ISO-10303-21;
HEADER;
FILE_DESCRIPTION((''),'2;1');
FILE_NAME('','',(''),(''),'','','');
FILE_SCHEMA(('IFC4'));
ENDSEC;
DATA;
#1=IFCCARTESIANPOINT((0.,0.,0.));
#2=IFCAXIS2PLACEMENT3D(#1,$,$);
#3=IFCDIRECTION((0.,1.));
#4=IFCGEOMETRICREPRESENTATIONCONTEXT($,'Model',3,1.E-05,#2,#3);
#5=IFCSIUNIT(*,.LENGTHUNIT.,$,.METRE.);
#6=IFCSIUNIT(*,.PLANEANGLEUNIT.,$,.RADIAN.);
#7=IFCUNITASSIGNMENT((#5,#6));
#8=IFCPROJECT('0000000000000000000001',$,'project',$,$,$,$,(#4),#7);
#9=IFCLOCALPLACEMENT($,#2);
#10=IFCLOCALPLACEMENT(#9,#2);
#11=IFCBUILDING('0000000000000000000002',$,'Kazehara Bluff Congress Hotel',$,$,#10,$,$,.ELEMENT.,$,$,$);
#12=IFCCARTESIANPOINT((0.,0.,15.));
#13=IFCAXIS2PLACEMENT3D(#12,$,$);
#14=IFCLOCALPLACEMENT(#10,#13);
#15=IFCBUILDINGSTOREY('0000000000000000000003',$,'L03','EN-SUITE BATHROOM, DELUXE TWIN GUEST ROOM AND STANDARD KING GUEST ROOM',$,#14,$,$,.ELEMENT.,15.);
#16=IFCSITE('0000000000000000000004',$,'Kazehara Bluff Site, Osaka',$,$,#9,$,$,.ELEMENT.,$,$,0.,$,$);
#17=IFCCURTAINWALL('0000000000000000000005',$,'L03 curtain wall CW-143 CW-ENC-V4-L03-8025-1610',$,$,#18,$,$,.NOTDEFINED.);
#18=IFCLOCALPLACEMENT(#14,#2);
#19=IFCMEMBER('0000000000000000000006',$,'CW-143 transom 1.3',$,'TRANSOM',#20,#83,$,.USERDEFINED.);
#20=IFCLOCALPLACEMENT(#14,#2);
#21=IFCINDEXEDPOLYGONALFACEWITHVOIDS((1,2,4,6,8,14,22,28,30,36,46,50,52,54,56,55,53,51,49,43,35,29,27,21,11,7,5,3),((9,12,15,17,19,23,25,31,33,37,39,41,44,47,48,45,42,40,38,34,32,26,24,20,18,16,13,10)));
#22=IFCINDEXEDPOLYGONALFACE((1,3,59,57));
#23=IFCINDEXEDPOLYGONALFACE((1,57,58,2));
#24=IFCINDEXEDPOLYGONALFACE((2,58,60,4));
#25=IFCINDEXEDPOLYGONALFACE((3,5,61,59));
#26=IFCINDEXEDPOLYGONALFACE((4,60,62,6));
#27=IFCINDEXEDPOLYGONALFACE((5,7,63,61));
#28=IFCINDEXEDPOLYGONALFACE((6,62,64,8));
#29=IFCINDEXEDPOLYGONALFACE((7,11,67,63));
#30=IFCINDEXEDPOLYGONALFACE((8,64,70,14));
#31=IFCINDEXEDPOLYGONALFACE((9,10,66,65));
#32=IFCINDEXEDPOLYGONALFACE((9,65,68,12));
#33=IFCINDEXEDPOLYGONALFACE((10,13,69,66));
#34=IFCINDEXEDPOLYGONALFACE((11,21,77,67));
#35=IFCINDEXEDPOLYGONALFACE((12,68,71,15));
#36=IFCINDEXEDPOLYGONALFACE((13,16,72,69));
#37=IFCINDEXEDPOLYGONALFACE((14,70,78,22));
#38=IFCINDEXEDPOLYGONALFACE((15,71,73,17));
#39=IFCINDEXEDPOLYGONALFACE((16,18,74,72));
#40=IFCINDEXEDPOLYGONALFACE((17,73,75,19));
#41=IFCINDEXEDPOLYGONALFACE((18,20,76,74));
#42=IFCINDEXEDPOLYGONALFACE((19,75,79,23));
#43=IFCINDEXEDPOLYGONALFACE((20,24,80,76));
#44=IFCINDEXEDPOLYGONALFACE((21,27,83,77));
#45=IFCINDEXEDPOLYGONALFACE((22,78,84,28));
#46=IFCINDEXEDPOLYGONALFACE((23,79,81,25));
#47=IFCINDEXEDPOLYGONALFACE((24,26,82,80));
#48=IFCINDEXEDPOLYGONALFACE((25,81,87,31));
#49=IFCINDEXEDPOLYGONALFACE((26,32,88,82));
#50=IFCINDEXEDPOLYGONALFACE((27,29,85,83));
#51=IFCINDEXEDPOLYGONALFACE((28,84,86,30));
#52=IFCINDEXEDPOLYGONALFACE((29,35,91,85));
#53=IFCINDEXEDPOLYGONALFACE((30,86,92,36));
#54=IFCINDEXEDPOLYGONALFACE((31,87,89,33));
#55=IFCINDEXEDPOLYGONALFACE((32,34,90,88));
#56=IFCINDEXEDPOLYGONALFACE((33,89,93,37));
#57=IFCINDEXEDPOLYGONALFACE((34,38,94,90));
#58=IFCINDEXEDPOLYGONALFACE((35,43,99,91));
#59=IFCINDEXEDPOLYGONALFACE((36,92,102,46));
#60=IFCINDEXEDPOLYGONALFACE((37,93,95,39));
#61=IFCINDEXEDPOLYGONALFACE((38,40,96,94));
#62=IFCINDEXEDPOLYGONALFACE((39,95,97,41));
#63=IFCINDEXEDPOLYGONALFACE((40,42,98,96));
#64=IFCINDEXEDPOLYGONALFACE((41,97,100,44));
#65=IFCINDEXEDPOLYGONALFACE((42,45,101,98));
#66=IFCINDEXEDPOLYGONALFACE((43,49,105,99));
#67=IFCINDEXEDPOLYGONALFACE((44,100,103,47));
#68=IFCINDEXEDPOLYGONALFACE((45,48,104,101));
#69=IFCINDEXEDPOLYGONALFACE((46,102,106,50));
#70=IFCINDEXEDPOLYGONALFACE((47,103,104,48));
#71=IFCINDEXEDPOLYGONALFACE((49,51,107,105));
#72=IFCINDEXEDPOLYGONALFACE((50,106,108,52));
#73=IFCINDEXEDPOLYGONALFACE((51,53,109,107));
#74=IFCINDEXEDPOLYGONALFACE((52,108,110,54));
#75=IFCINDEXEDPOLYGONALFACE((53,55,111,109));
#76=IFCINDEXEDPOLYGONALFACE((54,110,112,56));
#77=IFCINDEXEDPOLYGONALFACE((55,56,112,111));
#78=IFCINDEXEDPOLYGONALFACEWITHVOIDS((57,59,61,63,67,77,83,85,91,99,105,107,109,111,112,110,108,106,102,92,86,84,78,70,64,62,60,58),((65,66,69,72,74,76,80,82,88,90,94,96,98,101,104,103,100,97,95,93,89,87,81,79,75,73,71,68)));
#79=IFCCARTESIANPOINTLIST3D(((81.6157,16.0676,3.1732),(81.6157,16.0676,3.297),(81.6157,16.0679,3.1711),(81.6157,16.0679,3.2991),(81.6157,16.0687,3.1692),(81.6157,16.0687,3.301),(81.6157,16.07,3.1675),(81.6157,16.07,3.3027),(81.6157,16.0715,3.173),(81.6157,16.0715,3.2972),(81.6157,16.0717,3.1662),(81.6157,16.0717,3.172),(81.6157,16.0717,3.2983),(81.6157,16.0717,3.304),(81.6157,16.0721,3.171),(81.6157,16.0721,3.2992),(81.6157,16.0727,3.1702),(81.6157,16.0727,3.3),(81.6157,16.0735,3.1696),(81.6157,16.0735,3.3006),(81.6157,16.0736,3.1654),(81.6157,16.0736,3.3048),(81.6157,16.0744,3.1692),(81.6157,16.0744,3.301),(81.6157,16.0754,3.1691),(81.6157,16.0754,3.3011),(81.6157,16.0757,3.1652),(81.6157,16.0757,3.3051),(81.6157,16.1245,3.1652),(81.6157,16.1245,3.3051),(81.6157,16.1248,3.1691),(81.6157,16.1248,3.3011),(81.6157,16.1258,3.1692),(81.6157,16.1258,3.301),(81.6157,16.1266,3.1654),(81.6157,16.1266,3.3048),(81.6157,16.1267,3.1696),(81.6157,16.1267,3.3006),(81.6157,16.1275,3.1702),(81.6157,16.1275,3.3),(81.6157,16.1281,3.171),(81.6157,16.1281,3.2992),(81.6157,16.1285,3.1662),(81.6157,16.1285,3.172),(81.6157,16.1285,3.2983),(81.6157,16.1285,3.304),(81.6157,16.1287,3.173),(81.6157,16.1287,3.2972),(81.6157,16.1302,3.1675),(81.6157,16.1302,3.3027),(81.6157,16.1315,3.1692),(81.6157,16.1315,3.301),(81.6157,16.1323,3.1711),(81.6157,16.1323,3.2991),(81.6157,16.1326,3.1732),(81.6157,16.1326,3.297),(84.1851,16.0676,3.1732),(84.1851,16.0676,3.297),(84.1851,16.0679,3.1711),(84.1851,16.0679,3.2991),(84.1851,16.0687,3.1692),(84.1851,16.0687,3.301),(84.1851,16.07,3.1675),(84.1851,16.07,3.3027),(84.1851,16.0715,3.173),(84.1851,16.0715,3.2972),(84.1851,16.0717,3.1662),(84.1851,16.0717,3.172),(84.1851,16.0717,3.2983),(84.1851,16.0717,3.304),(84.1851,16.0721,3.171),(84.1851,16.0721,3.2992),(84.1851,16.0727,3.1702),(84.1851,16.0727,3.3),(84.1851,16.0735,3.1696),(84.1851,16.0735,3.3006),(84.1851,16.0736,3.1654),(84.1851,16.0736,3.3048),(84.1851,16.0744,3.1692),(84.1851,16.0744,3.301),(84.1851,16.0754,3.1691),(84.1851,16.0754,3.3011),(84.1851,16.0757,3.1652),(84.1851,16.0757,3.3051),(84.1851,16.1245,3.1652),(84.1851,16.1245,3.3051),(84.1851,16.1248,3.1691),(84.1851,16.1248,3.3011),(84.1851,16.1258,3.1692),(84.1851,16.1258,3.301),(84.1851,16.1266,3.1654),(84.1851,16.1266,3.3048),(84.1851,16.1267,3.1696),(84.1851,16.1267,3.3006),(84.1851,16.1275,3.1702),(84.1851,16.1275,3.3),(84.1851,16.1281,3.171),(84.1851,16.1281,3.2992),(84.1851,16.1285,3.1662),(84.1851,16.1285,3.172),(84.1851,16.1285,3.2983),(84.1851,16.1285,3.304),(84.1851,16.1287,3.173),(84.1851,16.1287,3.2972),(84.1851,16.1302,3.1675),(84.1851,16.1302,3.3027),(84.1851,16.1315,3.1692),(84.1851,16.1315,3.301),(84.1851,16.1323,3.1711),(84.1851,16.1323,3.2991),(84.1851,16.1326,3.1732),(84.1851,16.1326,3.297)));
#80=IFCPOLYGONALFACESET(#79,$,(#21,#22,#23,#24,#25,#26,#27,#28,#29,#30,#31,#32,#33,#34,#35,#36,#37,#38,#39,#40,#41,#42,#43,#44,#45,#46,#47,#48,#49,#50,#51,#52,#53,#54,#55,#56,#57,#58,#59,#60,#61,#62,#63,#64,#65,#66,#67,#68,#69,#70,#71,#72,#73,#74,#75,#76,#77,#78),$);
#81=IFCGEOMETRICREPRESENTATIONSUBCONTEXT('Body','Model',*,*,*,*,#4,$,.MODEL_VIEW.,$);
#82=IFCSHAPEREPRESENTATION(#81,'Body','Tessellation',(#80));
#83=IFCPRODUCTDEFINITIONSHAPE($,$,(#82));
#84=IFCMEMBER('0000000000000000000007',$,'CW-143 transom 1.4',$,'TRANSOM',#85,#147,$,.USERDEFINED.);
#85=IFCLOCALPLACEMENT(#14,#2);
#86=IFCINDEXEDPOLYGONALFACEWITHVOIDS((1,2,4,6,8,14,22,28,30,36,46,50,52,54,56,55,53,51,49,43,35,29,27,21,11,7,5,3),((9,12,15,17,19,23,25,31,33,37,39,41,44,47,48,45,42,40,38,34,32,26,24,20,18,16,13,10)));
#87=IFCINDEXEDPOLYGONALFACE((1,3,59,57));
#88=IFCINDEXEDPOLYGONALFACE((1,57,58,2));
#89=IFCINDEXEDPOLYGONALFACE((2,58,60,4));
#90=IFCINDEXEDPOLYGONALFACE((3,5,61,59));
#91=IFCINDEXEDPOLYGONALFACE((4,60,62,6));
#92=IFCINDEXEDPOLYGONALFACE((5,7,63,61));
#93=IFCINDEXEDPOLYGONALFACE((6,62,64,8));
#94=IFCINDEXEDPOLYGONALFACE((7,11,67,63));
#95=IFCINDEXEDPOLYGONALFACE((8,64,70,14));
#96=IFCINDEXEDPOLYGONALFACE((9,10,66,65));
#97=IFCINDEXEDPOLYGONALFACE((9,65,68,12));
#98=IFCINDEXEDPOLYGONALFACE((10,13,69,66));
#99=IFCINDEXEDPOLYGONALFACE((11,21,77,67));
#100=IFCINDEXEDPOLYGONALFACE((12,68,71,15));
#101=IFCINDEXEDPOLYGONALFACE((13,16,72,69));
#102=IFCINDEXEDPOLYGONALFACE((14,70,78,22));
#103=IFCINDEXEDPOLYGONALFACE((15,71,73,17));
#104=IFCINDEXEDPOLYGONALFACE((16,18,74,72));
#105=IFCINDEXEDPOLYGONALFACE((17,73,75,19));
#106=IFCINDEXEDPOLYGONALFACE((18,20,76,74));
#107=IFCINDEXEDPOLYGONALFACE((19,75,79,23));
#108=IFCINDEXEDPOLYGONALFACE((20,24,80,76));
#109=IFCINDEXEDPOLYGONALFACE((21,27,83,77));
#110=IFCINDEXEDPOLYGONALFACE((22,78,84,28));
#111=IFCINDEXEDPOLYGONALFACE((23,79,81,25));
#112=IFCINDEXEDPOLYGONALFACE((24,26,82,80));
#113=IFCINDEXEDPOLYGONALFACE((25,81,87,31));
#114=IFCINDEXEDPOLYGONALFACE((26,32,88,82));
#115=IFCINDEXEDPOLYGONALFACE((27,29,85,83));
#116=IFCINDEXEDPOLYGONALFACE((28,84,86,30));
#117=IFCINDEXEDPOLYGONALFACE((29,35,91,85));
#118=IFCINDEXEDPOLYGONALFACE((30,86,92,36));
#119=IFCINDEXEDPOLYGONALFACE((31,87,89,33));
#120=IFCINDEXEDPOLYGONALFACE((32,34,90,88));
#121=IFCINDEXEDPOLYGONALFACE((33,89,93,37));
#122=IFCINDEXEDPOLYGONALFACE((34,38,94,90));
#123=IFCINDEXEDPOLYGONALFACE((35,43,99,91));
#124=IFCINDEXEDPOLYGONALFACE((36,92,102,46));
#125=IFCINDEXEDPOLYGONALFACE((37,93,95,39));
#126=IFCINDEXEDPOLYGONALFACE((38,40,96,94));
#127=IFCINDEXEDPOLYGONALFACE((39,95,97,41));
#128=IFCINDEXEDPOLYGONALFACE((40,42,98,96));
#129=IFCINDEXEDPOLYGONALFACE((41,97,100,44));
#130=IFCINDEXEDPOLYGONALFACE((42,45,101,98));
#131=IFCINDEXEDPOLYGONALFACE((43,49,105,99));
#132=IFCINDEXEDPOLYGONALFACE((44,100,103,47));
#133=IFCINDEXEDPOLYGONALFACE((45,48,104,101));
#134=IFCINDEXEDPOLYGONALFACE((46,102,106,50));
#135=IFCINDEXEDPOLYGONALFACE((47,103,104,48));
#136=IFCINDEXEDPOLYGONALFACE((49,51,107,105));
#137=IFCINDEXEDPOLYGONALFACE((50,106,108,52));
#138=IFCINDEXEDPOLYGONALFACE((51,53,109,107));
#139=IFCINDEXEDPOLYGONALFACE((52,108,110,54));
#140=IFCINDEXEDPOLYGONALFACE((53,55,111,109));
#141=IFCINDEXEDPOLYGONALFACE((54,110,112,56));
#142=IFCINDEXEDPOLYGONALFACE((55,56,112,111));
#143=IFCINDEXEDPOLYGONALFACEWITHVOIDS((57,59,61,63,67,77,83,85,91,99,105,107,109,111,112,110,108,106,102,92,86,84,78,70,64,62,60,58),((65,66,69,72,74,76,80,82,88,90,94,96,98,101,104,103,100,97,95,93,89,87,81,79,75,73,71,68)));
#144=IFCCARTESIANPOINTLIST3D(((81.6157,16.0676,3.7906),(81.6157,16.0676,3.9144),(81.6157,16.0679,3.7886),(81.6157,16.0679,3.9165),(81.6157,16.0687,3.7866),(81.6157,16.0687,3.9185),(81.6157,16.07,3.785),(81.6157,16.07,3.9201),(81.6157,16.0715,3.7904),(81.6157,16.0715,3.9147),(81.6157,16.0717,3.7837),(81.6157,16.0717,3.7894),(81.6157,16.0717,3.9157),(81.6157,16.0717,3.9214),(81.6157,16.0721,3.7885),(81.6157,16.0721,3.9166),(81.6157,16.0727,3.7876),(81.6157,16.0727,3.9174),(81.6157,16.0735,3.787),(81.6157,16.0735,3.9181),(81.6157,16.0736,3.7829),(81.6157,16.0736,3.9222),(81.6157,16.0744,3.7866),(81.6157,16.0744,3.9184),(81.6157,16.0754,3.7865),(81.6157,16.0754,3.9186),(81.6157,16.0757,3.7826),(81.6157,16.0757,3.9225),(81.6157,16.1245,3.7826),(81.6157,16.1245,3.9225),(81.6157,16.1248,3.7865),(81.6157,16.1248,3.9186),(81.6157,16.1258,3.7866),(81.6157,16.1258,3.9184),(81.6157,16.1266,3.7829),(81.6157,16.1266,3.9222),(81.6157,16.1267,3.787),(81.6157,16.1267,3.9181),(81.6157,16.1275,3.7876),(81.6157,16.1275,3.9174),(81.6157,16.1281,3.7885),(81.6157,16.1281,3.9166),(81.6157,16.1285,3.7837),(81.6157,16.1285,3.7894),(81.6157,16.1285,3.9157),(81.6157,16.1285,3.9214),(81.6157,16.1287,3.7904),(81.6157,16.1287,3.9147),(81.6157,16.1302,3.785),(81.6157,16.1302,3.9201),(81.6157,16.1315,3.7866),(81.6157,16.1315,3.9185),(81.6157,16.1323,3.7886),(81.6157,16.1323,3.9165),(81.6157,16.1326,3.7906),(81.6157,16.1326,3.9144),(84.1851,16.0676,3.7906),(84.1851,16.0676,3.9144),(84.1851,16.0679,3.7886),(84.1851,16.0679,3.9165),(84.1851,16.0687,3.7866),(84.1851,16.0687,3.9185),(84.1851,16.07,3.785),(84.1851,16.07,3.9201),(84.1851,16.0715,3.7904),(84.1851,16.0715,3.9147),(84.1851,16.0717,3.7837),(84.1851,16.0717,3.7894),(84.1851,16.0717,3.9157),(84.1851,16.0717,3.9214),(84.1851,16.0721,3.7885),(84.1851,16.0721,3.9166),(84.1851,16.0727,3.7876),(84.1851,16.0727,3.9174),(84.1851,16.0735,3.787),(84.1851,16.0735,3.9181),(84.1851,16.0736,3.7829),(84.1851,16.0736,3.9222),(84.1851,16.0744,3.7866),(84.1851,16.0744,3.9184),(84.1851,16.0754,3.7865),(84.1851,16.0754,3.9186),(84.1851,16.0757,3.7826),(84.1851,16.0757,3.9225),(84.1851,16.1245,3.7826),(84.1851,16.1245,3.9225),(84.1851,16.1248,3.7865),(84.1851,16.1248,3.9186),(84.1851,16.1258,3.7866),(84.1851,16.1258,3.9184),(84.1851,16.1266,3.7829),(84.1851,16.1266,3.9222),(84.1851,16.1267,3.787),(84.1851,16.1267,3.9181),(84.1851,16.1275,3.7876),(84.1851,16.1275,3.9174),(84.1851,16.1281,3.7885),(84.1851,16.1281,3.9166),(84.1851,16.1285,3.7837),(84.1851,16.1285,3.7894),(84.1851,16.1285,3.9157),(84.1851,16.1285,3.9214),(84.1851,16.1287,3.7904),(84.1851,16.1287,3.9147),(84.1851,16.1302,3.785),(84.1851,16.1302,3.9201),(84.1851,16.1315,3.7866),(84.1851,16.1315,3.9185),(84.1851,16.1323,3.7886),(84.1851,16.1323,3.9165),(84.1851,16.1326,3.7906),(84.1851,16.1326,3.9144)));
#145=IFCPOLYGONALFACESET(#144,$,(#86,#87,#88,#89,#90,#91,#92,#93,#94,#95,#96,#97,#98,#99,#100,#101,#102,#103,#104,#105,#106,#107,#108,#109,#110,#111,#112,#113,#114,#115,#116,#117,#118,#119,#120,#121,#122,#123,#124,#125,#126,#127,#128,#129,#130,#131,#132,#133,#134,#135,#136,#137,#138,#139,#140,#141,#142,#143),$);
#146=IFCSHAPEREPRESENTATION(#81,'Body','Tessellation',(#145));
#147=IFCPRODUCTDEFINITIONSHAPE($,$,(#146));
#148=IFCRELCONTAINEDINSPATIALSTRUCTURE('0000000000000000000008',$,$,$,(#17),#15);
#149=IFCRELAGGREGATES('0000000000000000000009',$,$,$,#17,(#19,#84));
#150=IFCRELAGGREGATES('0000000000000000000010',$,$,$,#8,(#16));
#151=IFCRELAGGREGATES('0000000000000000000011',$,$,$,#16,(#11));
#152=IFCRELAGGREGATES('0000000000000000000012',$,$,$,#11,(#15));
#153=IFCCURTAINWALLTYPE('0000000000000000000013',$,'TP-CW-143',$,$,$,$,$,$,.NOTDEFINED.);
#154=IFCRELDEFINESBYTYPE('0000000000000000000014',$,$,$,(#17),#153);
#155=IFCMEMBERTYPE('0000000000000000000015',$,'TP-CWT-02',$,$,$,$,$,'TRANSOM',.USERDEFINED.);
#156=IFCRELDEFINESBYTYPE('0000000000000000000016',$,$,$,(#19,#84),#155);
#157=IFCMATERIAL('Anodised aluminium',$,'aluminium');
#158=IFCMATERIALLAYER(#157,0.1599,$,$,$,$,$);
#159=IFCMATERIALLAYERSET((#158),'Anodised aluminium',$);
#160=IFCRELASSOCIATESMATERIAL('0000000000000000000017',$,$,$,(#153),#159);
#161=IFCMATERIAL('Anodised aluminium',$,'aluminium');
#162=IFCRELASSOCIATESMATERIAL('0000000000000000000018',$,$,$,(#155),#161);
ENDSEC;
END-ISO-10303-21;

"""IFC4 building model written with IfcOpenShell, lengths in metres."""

from ifc_helpers import new_model, si_unit, direction, frame, origin, origin_2d, place, context, subcontext, project, spatial, hollow_rectangle, extrude, material, layer, layer_set, material_profile, profile_set, type_object, element, aggregate, save


model = new_model("IFC4")

# Units and contexts
model_context = context("Model", 3, precision=1e-05, world=origin(), true_north=direction((0.0, 1.0)))
body_context = subcontext(model_context, "Body", "Model", "MODEL_VIEW")
ifc_project = project(units=[si_unit("LENGTHUNIT", "METRE"), si_unit("PLANEANGLEUNIT", "RADIAN")], contexts=[model_context])

# Site, building, storey
site_placement = place(None, origin())
site = spatial("IfcSite", under=ifc_project, at=site_placement, Name="Kazehara Bluff Site, Osaka", CompositionType="ELEMENT", RefElevation=0.0)
building_placement = place(site_placement, origin())
building = spatial("IfcBuilding", under=site, at=building_placement, Name="Kazehara Bluff Congress Hotel", CompositionType="ELEMENT")
storey_placement = place(building_placement, frame((0.0, 0.0, 15.0)))
storey = spatial("IfcBuildingStorey", under=building, at=storey_placement, Name="L03", Description="EN-SUITE BATHROOM, DELUXE TWIN GUEST ROOM AND STANDARD KING GUEST ROOM", CompositionType="ELEMENT", Elevation=15.0)

# Curtain wall, members
ifc_material_1 = material(Name="Anodised aluminium", Category="aluminium")
ifc_layer_1 = layer(ifc_material_1, 0.1599)
ifc_layer_set_1 = layer_set([ifc_layer_1], Name="Anodised aluminium")
curtain_wall_type = type_object("IfcCurtainWallType", Name="TP-CW-143", PredefinedType="NOTDEFINED", material=ifc_layer_set_1)
curtain_wall_placement = place(storey_placement, origin())
curtain_wall = element("IfcCurtainWall", 1, at=curtain_wall_placement, inside=storey, type_object=curtain_wall_type, Name="L03 curtain wall CW-143 CW-ENC-V4-L03-8025-1610", PredefinedType="NOTDEFINED")
ifc_material_2 = material(Name="Anodised aluminium", Category="aluminium")
ifc_material_profile_1 = material_profile(ifc_material_2, hollow_rectangle(XDim=0.0649, YDim=0.1399, WallThickness=0.0039, InnerFilletRadius=0.0039, OuterFilletRadius=0.0081, at=origin_2d()))
ifc_profile_set_1 = profile_set([ifc_material_profile_1], Name="Anodised aluminium")
member_type_1 = type_object("IfcMemberType", Name="TP-CWT-02", ElementType="TRANSOM", PredefinedType="USERDEFINED", material=ifc_profile_set_1)
member_1_placement = place(storey_placement, frame((84.1851, 16.1001, 3.2351), z_axis=(-1.0, 0.0, 0.0), x_axis=(0.0, -1.0, 0.0)))
member_1 = element("IfcMember", 2, at=member_1_placement, type_object=member_type_1, Name="CW-143 transom 1.3", ObjectType="TRANSOM", PredefinedType="USERDEFINED", context=body_context, shape_type="SweptSolid", body=[
    extrude(hollow_rectangle(XDim=0.0649, YDim=0.1399, WallThickness=0.0039, InnerFilletRadius=0.0039, OuterFilletRadius=0.0081, at=origin_2d()), origin(), (0.0, 0.0, 1.0), 2.5693),
])
member_2_placement = place(storey_placement, frame((84.1851, 16.1001, 3.8525), z_axis=(-1.0, 0.0, 0.0), x_axis=(0.0, -1.0, 0.0)))
member_2 = element("IfcMember", 3, at=member_2_placement, type_object=member_type_1, Name="CW-143 transom 1.4", ObjectType="TRANSOM", PredefinedType="USERDEFINED", context=body_context, shape_type="SweptSolid", body=[
    extrude(hollow_rectangle(XDim=0.0649, YDim=0.1399, WallThickness=0.0039, InnerFilletRadius=0.0039, OuterFilletRadius=0.0081, at=origin_2d()), origin(), (0.0, 0.0, 1.0), 2.5693),
])

aggregate(curtain_wall, [member_1, member_2])

save(model, "model.ifc")
